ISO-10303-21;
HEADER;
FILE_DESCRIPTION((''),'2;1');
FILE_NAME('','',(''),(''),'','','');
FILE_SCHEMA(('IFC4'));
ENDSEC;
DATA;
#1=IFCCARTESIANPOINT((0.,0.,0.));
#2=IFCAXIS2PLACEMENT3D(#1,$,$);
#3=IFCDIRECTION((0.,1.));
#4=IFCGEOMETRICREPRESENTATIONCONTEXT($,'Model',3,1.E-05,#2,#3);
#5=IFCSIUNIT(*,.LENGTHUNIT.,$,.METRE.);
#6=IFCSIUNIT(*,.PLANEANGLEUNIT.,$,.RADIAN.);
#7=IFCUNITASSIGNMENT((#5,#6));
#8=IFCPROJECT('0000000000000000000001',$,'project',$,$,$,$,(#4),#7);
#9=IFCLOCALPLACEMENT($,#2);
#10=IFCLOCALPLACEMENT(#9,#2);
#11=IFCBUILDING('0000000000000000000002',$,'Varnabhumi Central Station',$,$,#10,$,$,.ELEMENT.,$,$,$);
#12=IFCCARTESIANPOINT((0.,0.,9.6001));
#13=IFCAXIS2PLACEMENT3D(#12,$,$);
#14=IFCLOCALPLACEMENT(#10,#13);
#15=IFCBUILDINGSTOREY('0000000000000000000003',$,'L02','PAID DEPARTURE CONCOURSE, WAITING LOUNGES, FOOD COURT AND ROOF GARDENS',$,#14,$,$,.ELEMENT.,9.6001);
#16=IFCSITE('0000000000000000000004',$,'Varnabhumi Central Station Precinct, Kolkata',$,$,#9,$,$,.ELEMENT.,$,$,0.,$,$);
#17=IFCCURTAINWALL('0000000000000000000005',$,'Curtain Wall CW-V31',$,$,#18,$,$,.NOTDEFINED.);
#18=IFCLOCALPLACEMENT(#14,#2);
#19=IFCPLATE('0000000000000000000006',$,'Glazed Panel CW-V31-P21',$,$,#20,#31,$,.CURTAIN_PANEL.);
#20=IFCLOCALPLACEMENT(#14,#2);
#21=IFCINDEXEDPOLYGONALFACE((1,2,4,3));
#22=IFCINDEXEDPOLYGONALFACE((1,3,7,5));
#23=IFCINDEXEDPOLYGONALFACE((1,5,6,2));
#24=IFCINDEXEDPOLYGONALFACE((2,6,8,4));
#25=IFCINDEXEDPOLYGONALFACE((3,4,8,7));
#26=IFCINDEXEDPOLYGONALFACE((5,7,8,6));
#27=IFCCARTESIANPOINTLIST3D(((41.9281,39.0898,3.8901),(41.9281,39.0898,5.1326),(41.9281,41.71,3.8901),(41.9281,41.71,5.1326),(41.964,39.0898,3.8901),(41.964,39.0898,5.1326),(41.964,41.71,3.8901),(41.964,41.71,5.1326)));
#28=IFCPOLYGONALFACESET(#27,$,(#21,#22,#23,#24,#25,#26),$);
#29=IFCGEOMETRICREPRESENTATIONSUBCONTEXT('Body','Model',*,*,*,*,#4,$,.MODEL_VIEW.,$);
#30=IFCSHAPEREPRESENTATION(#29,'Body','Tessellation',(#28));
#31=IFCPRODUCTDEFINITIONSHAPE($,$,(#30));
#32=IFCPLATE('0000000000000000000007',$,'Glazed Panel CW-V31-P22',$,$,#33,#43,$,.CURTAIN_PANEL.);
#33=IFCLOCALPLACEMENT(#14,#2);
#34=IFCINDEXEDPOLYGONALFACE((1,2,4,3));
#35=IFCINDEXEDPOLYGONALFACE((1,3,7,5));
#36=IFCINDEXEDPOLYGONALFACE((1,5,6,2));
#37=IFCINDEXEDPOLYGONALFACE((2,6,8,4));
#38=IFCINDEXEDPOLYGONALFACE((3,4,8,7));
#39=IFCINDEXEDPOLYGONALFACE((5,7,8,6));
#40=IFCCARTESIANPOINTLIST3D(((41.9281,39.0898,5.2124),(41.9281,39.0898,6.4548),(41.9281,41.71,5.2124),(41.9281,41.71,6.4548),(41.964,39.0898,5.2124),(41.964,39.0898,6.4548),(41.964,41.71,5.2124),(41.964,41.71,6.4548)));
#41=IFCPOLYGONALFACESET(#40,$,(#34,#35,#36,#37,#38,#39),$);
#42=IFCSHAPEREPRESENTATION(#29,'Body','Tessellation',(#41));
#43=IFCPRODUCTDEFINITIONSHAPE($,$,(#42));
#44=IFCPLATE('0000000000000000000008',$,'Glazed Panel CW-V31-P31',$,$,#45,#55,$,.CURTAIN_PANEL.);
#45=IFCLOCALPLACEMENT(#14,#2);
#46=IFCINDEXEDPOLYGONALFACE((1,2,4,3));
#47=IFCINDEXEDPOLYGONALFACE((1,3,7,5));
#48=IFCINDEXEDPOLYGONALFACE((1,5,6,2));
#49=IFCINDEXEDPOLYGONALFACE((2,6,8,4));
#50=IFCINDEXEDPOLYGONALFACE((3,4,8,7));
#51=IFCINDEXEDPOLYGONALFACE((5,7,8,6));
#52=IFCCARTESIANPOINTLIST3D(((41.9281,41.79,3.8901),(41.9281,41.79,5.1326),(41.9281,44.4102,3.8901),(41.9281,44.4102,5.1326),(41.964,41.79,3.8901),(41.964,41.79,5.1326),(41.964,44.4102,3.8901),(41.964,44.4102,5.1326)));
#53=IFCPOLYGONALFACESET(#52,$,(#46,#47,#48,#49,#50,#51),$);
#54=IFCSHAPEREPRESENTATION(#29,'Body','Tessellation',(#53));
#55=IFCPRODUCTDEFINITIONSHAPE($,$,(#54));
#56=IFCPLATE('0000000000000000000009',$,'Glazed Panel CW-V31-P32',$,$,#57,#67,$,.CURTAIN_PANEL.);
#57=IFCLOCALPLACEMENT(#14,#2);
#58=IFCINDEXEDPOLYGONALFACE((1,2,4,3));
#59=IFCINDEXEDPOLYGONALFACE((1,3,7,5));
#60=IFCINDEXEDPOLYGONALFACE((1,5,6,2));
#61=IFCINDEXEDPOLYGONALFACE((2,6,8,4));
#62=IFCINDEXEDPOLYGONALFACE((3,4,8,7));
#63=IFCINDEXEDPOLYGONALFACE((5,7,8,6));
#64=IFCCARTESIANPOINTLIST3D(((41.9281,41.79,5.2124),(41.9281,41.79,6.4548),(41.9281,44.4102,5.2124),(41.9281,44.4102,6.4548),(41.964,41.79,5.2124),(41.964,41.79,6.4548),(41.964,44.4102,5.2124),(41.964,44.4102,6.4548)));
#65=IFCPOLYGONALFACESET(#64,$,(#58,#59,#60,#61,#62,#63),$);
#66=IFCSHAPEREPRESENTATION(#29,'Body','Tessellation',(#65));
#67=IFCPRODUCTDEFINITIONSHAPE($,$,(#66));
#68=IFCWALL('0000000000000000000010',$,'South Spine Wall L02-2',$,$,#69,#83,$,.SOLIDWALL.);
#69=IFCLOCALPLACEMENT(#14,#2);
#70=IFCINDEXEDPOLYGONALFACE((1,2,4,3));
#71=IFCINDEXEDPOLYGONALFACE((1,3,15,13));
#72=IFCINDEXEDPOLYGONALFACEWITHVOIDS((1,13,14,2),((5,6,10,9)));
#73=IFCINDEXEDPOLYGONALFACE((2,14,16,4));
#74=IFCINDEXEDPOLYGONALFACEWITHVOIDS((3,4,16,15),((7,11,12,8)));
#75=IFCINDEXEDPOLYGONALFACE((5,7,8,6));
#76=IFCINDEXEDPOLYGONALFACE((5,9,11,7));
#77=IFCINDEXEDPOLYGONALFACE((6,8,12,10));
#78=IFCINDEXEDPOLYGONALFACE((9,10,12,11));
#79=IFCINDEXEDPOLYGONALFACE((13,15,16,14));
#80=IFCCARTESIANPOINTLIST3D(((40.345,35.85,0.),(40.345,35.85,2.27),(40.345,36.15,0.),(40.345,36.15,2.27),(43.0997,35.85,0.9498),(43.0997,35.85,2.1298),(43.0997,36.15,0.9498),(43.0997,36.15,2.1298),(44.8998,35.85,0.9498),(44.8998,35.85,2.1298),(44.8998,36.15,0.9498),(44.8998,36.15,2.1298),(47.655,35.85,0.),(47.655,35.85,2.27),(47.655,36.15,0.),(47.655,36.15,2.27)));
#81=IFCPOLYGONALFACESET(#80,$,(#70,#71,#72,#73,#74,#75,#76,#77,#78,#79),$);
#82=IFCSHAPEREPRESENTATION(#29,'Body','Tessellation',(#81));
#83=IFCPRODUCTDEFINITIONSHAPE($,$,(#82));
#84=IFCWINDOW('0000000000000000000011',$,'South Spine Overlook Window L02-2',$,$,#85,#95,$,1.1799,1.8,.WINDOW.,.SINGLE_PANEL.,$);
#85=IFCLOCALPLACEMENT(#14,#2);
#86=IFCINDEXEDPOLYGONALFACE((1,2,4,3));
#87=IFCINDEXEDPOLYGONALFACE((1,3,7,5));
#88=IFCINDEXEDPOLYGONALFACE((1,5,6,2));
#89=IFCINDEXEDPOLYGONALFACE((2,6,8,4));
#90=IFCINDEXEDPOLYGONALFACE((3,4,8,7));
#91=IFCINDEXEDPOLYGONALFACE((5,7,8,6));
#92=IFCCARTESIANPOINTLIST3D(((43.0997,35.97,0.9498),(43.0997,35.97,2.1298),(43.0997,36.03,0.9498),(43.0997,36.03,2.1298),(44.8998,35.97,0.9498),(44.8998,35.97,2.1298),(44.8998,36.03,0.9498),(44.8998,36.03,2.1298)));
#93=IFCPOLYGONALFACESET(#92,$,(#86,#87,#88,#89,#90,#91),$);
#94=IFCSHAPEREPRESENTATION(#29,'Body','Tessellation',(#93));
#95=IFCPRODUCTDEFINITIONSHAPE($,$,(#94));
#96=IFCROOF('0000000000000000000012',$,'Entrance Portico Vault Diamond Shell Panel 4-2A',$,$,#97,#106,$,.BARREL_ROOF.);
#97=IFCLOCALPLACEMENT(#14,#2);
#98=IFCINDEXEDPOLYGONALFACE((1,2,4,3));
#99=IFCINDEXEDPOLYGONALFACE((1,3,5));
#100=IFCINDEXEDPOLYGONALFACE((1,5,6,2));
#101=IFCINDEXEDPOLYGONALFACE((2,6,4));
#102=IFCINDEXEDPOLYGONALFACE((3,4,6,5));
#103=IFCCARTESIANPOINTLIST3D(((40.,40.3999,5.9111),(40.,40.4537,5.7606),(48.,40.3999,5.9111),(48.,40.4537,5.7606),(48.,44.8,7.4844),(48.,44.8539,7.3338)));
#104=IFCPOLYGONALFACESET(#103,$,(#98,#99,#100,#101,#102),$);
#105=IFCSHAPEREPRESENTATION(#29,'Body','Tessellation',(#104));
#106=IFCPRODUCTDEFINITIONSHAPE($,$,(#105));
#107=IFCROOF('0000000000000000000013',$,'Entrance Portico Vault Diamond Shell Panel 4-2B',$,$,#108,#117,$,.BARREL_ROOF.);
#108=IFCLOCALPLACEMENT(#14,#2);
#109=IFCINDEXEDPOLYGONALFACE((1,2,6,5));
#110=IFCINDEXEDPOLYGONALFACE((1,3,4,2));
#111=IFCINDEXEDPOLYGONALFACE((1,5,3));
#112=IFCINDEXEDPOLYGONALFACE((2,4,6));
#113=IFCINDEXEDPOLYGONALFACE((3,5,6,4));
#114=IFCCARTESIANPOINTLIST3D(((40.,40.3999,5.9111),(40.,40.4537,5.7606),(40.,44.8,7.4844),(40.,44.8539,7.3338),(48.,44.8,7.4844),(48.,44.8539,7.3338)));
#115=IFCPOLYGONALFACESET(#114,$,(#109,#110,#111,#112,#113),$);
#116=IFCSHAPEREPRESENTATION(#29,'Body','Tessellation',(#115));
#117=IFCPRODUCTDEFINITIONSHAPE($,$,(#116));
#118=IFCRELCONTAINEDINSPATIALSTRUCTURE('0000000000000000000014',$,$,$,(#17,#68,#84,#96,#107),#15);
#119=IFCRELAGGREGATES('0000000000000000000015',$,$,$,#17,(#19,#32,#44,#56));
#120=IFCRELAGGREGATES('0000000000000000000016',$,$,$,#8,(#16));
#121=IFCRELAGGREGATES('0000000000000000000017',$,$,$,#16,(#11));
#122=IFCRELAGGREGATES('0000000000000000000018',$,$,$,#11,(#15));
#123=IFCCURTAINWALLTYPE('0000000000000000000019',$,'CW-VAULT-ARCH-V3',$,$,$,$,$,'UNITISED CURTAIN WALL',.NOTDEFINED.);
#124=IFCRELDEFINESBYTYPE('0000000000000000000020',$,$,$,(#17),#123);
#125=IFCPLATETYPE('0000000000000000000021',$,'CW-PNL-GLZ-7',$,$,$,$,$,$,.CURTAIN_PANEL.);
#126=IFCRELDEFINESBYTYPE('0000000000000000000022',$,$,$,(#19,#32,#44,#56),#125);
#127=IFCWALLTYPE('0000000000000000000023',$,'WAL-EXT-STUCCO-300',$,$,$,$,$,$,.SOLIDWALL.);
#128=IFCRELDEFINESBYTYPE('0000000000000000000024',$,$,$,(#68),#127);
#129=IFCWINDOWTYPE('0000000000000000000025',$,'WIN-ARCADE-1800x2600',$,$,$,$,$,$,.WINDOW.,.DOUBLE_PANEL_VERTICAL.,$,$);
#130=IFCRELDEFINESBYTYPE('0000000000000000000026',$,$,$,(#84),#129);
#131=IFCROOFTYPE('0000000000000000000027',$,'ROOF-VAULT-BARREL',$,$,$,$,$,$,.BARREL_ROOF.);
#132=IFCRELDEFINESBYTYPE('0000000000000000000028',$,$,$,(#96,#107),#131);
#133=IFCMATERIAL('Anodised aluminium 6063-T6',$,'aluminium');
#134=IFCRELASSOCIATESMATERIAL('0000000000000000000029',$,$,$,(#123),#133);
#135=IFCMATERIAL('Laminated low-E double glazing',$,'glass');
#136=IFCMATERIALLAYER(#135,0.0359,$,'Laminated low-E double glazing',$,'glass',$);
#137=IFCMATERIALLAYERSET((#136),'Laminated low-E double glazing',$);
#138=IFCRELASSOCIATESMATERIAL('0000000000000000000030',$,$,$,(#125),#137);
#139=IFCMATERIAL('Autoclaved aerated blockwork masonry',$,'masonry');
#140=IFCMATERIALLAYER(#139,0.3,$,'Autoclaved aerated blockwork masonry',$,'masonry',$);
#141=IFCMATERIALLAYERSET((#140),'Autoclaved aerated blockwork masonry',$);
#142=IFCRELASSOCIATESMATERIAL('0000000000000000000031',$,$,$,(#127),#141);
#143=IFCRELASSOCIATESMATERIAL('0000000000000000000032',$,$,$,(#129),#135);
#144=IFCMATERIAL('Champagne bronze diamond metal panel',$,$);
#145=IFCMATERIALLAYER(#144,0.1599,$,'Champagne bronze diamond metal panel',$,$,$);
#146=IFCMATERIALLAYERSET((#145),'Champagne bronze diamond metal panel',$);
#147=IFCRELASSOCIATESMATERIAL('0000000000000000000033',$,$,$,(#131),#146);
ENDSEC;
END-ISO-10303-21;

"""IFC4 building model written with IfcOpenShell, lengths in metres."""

from ifc_helpers import new_model, si_unit, direction, frame, frame_2d, origin, origin_2d, place, context, subcontext, project, spatial, polyline, rectangle, outline, extrude, material, layer, layer_set, type_object, element, fill, aggregate, save


model = new_model("IFC4")

# Units and contexts
model_context = context("Model", 3, precision=1e-05, world=origin(), true_north=direction((0.0, 1.0)))
body_context = subcontext(model_context, "Body", "Model", "MODEL_VIEW")
ifc_project = project(units=[si_unit("LENGTHUNIT", "METRE"), si_unit("PLANEANGLEUNIT", "RADIAN")], contexts=[model_context])

# Site, building, storey
site_placement = place(None, origin())
site = spatial("IfcSite", under=ifc_project, at=site_placement, Name="Varnabhumi Central Station Precinct, Kolkata", CompositionType="ELEMENT", RefElevation=0.0)
building_placement = place(site_placement, origin())
building = spatial("IfcBuilding", under=site, at=building_placement, Name="Varnabhumi Central Station", CompositionType="ELEMENT")
storey_placement = place(building_placement, frame((0.0, 0.0, 9.6001)))
storey = spatial("IfcBuildingStorey", under=building, at=storey_placement, Name="L02", Description="PAID DEPARTURE CONCOURSE, WAITING LOUNGES, FOOD COURT AND ROOF GARDENS", CompositionType="ELEMENT", Elevation=9.6001)

# Curtain wall
ifc_material_1 = material(Name="Anodised aluminium 6063-T6", Category="aluminium")
curtain_wall_type = type_object("IfcCurtainWallType", Name="CW-VAULT-ARCH-V3", ElementType="UNITISED CURTAIN WALL", PredefinedType="NOTDEFINED", material=ifc_material_1)
curtain_wall_placement = place(storey_placement, origin())
curtain_wall = element("IfcCurtainWall", 1, at=curtain_wall_placement, inside=storey, type_object=curtain_wall_type, Name="Curtain Wall CW-V31", PredefinedType="NOTDEFINED")

# Plates
ifc_material_2 = material(Name="Laminated low-E double glazing", Category="glass")
ifc_layer_1 = layer(ifc_material_2, 0.0359, Name="Laminated low-E double glazing", Category="glass")
ifc_layer_set_1 = layer_set([ifc_layer_1], Name="Laminated low-E double glazing")
plate_type = type_object("IfcPlateType", Name="CW-PNL-GLZ-7", PredefinedType="CURTAIN_PANEL", material=ifc_layer_set_1)
plate_1_placement = place(storey_placement, frame((41.946, 40.3999, 3.8901), z_axis=(0.0, 0.0, 1.0), x_axis=(0.0, 1.0, 0.0)))
plate_1 = element("IfcPlate", 2, at=plate_1_placement, type_object=plate_type, Name="Glazed Panel CW-V31-P21", PredefinedType="CURTAIN_PANEL", context=body_context, shape_type="SweptSolid", body=[
    extrude(rectangle(XDim=2.6201, YDim=0.0359, at=origin_2d()), origin(), (0.0, 0.0, 1.0), 1.2424),
])
plate_2_placement = place(storey_placement, frame((41.946, 40.3999, 5.2124), z_axis=(0.0, 0.0, 1.0), x_axis=(0.0, 1.0, 0.0)))
plate_2 = element("IfcPlate", 3, at=plate_2_placement, type_object=plate_type, Name="Glazed Panel CW-V31-P22", PredefinedType="CURTAIN_PANEL", context=body_context, shape_type="SweptSolid", body=[
    extrude(rectangle(XDim=2.6201, YDim=0.0359, at=origin_2d()), origin(), (0.0, 0.0, 1.0), 1.2424),
])
plate_3_placement = place(storey_placement, frame((41.946, 43.1001, 3.8901), z_axis=(0.0, 0.0, 1.0), x_axis=(0.0, 1.0, 0.0)))
plate_3 = element("IfcPlate", 4, at=plate_3_placement, type_object=plate_type, Name="Glazed Panel CW-V31-P31", PredefinedType="CURTAIN_PANEL", context=body_context, shape_type="SweptSolid", body=[
    extrude(rectangle(XDim=2.6201, YDim=0.0359, at=origin_2d()), origin(), (0.0, 0.0, 1.0), 1.2424),
])
plate_4_placement = place(storey_placement, frame((41.946, 43.1001, 5.2124), z_axis=(0.0, 0.0, 1.0), x_axis=(0.0, 1.0, 0.0)))
plate_4 = element("IfcPlate", 5, at=plate_4_placement, type_object=plate_type, Name="Glazed Panel CW-V31-P32", PredefinedType="CURTAIN_PANEL", context=body_context, shape_type="SweptSolid", body=[
    extrude(rectangle(XDim=2.6201, YDim=0.0359, at=origin_2d()), origin(), (0.0, 0.0, 1.0), 1.2424),
])
aggregate(curtain_wall, [plate_1, plate_2, plate_3, plate_4])

# Wall, opening, window
ifc_material_3 = material(Name="Autoclaved aerated blockwork masonry", Category="masonry")
ifc_layer_2 = layer(ifc_material_3, 0.3, Name="Autoclaved aerated blockwork masonry", Category="masonry")
ifc_layer_set_2 = layer_set([ifc_layer_2], Name="Autoclaved aerated blockwork masonry")
wall_type = type_object("IfcWallType", Name="WAL-EXT-STUCCO-300", PredefinedType="SOLIDWALL", material=ifc_layer_set_2)
wall_placement = place(storey_placement, frame((40.345, 36.0, 0.0), z_axis=(0.0, 0.0, 1.0), x_axis=(1.0, 0.0, 0.0)))
wall = element("IfcWall", 6, at=wall_placement, inside=storey, type_object=wall_type, Name="South Spine Wall L02-2", PredefinedType="SOLIDWALL", context=body_context, shape_type="SweptSolid", body=[
    extrude(rectangle(XDim=7.3101, YDim=0.3, at=frame_2d((3.655, 0.0))), origin(), (0.0, 0.0, 1.0), 2.27),
])
opening_placement = place(wall_placement, frame((2.7549, 0.0, 0.95)))
opening = element("IfcOpeningElement", 7, at=opening_placement, cuts=wall, PredefinedType="OPENING", context=body_context, shape_type="SweptSolid", body=[
    extrude(rectangle(XDim=1.8, YDim=1.1799, at=frame_2d((0.8999, 0.5898))), frame((0.0, 0.1599, 0.0), z_axis=(0.0, -1.0, 0.0), x_axis=(1.0, 0.0, 0.0)), (0.0, 0.0, 1.0), 0.3201),
])
window_type = type_object("IfcWindowType", Name="WIN-ARCADE-1800x2600", PartitioningType="DOUBLE_PANEL_VERTICAL", PredefinedType="WINDOW", material=ifc_material_2)
window_placement = place(opening_placement, origin())
window = element("IfcWindow", 8, at=window_placement, inside=storey, type_object=window_type, Name="South Spine Overlook Window L02-2", OverallHeight=1.1799, OverallWidth=1.8, PartitioningType="SINGLE_PANEL", PredefinedType="WINDOW", context=body_context, shape_type="SweptSolid", body=[
    extrude(rectangle(XDim=1.8, YDim=1.1799, at=frame_2d((0.8999, 0.5898))), frame((0.0, 0.03, 0.0), z_axis=(0.0, -1.0, 0.0), x_axis=(1.0, 0.0, 0.0)), (0.0, 0.0, 1.0), 0.0601),
])
fill(opening, window)

# Roofs
ifc_material_4 = material(Name="Champagne bronze diamond metal panel")
ifc_layer_3 = layer(ifc_material_4, 0.1599, Name="Champagne bronze diamond metal panel")
ifc_layer_set_3 = layer_set([ifc_layer_3], Name="Champagne bronze diamond metal panel")
roof_type = type_object("IfcRoofType", Name="ROOF-VAULT-BARREL", PredefinedType="BARREL_ROOF", material=ifc_layer_set_3)
roof_1_placement = place(storey_placement, frame((40.0, 40.3999, 5.9111), z_axis=(0.0, -0.336671, 0.941622), x_axis=(1.0, 0.0, 0.0)))
element("IfcRoof", 9, at=roof_1_placement, inside=storey, type_object=roof_type, Name="Entrance Portico Vault Diamond Shell Panel 4-2A", PredefinedType="BARREL_ROOF", context=body_context, shape_type="SweptSolid", body=[
    extrude(outline(polyline([(0.0, 0.0), (8.0, 0.0), (8.0, 4.6729), (0.0, 0.0)])), origin(), (0.0, 0.0, -1.0), 0.1599),
])
roof_2_placement = place(storey_placement, frame((40.0, 40.3999, 5.9111), z_axis=(0.0, -0.336671, 0.941622), x_axis=(0.863484, 0.474932, 0.169809)))
element("IfcRoof", 10, at=roof_2_placement, inside=storey, type_object=roof_type, Name="Entrance Portico Vault Diamond Shell Panel 4-2B", PredefinedType="BARREL_ROOF", context=body_context, shape_type="SweptSolid", body=[
    extrude(outline(polyline([(0.0, 0.0), (9.2648, 0.0), (2.3569, 4.035), (0.0, 0.0)])), origin(), (0.0, 0.0, -1.0), 0.1599),
])

save(model, "model.ifc")
